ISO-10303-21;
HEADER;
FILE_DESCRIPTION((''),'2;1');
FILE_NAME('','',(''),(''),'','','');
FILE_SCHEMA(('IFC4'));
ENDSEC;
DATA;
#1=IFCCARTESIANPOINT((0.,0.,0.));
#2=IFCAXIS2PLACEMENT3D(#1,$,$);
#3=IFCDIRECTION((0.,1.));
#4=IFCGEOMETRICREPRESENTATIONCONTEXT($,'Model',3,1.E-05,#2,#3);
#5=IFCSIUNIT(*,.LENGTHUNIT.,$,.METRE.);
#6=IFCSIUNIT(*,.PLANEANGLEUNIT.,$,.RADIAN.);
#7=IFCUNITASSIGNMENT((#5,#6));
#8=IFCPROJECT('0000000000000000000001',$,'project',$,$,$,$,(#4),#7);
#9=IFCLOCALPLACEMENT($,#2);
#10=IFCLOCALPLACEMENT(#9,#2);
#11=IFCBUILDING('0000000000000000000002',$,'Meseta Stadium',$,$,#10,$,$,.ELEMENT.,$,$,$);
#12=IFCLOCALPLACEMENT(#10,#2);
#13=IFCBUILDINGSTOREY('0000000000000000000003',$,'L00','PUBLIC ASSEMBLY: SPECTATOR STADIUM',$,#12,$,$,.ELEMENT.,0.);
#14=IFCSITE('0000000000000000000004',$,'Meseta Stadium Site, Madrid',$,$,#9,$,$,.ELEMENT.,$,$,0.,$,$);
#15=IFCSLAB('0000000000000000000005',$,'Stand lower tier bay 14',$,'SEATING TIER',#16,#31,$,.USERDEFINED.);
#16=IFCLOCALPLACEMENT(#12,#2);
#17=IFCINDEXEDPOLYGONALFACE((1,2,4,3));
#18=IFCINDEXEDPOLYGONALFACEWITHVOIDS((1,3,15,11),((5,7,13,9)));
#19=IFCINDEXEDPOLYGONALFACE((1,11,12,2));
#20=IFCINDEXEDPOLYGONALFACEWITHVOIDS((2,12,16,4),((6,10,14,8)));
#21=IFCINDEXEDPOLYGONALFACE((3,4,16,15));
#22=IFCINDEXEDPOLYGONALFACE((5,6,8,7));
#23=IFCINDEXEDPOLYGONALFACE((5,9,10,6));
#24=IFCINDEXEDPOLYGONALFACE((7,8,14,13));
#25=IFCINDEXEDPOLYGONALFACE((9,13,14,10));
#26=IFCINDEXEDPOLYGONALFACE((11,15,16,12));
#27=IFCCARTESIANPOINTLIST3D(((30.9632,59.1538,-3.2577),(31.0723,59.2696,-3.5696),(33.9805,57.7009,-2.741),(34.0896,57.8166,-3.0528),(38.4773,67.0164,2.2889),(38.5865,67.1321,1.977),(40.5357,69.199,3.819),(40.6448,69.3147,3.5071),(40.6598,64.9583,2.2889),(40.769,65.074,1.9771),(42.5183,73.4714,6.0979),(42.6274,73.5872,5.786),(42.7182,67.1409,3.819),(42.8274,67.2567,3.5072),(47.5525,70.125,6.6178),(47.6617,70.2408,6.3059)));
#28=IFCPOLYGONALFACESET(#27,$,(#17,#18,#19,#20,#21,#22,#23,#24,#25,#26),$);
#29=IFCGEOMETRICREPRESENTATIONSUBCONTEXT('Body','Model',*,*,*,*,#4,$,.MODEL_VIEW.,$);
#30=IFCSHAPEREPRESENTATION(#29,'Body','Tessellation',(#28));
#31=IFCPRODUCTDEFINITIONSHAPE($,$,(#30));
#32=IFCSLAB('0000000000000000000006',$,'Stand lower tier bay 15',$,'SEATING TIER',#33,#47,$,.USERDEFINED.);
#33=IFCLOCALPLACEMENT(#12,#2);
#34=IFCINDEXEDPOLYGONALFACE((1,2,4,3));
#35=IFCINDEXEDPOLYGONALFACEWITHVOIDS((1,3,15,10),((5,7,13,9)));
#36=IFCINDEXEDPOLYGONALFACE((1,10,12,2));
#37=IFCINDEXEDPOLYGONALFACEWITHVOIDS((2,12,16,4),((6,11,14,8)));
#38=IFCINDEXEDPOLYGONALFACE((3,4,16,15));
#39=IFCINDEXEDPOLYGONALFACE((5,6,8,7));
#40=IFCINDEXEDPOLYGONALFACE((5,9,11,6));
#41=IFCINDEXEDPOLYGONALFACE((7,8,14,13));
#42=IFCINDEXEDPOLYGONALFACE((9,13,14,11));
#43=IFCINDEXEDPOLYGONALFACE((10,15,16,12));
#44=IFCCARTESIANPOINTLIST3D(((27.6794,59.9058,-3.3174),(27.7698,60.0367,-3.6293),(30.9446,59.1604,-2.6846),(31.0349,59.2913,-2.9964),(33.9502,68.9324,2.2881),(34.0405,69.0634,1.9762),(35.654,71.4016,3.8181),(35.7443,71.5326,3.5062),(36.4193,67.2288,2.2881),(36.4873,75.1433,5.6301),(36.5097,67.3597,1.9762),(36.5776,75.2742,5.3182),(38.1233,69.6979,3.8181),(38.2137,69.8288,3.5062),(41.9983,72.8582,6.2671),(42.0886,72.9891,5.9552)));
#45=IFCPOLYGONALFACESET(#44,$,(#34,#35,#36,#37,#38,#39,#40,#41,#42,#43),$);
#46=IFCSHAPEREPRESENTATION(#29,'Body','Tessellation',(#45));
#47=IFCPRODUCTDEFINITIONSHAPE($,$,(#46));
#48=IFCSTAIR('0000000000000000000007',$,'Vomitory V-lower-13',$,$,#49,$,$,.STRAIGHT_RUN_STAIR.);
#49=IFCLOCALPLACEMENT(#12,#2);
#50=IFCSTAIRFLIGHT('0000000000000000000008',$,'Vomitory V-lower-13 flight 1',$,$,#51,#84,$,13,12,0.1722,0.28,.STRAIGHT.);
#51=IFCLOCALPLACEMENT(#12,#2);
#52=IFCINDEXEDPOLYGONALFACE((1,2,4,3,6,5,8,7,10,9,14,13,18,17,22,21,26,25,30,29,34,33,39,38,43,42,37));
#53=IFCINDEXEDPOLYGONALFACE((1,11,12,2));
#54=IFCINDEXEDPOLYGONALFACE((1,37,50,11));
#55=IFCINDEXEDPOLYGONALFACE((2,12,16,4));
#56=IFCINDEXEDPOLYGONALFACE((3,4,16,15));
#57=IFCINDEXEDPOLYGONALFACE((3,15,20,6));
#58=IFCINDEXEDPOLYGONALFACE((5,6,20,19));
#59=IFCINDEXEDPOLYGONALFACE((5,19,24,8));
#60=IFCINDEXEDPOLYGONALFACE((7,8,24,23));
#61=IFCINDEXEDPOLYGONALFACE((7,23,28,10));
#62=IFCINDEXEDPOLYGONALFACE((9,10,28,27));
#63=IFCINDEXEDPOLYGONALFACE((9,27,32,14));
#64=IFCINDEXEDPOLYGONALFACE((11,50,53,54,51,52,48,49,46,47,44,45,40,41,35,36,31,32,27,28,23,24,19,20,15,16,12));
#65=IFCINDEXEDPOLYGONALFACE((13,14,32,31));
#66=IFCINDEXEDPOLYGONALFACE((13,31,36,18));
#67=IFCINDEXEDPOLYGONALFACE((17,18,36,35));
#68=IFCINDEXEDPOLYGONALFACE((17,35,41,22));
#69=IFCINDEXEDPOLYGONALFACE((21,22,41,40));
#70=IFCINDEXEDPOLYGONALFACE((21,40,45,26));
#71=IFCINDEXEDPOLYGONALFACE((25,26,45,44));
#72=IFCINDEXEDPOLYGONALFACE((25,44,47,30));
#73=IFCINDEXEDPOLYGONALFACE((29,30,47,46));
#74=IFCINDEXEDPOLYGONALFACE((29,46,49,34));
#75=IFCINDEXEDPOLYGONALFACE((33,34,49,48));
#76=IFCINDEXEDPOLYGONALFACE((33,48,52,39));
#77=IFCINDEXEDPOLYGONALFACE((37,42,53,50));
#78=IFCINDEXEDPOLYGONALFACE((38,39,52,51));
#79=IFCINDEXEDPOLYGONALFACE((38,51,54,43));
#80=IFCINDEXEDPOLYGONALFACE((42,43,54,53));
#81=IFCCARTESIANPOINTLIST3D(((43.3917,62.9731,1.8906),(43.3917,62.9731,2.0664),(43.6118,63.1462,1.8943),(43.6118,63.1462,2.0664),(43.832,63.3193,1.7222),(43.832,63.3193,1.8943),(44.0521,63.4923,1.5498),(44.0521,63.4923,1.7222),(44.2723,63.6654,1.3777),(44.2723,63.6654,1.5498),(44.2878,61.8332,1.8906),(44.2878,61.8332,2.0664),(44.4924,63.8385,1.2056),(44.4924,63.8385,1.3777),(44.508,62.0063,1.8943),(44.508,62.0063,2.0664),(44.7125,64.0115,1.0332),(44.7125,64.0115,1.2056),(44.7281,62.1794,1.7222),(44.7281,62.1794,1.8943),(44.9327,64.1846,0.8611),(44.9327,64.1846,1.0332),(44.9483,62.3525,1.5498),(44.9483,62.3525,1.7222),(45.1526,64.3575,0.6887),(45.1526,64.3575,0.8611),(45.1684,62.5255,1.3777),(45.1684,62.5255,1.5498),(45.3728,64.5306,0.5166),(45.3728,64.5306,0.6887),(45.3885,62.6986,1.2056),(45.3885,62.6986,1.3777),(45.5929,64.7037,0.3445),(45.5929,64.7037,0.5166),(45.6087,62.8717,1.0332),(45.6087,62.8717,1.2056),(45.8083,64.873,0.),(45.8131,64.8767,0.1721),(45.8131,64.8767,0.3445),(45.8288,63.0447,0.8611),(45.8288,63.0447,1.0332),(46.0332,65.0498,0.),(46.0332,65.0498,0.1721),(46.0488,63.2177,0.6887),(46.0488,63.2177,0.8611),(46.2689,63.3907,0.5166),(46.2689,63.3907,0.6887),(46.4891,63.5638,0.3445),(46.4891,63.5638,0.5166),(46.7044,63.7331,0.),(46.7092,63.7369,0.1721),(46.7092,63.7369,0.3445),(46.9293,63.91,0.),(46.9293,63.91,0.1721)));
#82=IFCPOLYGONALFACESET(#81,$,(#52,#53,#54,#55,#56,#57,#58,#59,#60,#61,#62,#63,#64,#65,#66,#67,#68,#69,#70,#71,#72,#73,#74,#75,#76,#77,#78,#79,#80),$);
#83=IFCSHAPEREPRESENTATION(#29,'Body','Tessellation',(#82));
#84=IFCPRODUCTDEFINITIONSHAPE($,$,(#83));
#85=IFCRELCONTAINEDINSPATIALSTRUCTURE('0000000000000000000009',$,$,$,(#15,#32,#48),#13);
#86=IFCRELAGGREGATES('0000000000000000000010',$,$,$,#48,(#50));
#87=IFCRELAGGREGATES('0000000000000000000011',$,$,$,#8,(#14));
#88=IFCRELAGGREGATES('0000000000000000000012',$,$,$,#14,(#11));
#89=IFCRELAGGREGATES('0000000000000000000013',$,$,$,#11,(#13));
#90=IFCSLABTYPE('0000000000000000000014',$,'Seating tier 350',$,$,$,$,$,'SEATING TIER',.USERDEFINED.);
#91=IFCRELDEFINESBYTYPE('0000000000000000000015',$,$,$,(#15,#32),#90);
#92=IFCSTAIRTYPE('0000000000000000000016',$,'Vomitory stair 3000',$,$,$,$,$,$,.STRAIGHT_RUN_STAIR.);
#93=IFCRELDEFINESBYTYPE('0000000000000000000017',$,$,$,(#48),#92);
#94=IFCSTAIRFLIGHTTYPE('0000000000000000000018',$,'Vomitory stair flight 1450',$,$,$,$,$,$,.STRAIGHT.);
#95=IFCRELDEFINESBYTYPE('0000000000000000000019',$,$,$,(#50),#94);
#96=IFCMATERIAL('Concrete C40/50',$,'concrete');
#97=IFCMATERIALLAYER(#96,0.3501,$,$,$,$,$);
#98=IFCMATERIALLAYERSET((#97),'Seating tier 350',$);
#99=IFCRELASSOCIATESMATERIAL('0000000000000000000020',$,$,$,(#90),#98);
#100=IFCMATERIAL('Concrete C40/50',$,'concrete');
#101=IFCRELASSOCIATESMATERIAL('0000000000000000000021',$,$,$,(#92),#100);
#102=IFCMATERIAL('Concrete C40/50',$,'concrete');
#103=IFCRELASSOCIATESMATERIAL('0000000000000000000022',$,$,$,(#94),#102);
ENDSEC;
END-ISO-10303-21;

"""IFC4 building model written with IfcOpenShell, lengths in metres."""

from ifc_helpers import new_model, si_unit, direction, frame, origin, place, context, subcontext, project, spatial, polyline, outline, extrude, material, layer, layer_set, type_object, element, aggregate, save


model = new_model("IFC4")

# Units and contexts
model_context = context("Model", 3, precision=1e-05, world=origin(), true_north=direction((0.0, 1.0)))
body_context = subcontext(model_context, "Body", "Model", "MODEL_VIEW")
ifc_project = project(units=[si_unit("LENGTHUNIT", "METRE"), si_unit("PLANEANGLEUNIT", "RADIAN")], contexts=[model_context])

# Site, building, storey
site_placement = place(None, origin())
site = spatial("IfcSite", under=ifc_project, at=site_placement, Name="Meseta Stadium Site, Madrid", CompositionType="ELEMENT", RefElevation=0.0)
building_placement = place(site_placement, origin())
building = spatial("IfcBuilding", under=site, at=building_placement, Name="Meseta Stadium", CompositionType="ELEMENT")
storey_placement = place(building_placement, origin())
storey = spatial("IfcBuildingStorey", under=building, at=storey_placement, Name="L00", Description="PUBLIC ASSEMBLY: SPECTATOR STADIUM", CompositionType="ELEMENT", Elevation=0.0)

# Slabs
ifc_material_1 = material(Name="Concrete C40/50", Category="concrete")
ifc_layer_1 = layer(ifc_material_1, 0.3501)
ifc_layer_set_1 = layer_set([ifc_layer_1], Name="Seating tier 350")
slab_type = type_object("IfcSlabType", Name="Seating tier 350", ElementType="SEATING TIER", PredefinedType="USERDEFINED", material=ifc_layer_set_1)
slab_1_placement = place(storey_placement, frame((33.9805, 57.7009, -2.741), z_axis=(-0.311714, -0.330528, 0.890834), x_axis=(0.657456, 0.601847, 0.453357)))
element("IfcSlab", 1, at=slab_1_placement, inside=storey, type_object=slab_type, Name="Stand lower tier bay 14", ObjectType="SEATING TIER", PredefinedType="USERDEFINED", context=body_context, shape_type="SweptSolid", body=[
    extrude(outline(polyline([(0.0, 0.0), (20.6433, 0.0), (19.1118, 5.8708), (-1.3436, 3.1108), (0.0, 0.0)]), holes=[polyline([(11.0396, 0.8435), (14.4001, 1.0637), (14.2039, 4.0571), (10.8433, 3.8369), (11.0396, 0.8435)])]), origin(), (0.0, 0.0, -1.0), 0.3501),
])
slab_2_placement = place(storey_placement, frame((30.9446, 59.1604, -2.6846), z_axis=(-0.258022, -0.373953, 0.890833), x_axis=(0.559766, 0.693662, 0.453316)))
element("IfcSlab", 2, at=slab_2_placement, inside=storey, type_object=slab_type, Name="Stand lower tier bay 15", ObjectType="SEATING TIER", PredefinedType="USERDEFINED", context=body_context, shape_type="SweptSolid", body=[
    extrude(outline(polyline([(0.0, 0.0), (19.747, 0.0), (17.9585, 5.7271), (-1.5975, 3.0108), (0.0, 0.0)]), holes=[polyline([(10.9155, 0.8069), (14.2756, 1.0315), (14.0752, 4.0249), (10.7151, 3.8), (10.9155, 0.8069)])]), origin(), (0.0, 0.0, -1.0), 0.3501),
])

# Stair, stair flight
ifc_material_2 = material(Name="Concrete C40/50", Category="concrete")
stair_type = type_object("IfcStairType", Name="Vomitory stair 3000", PredefinedType="STRAIGHT_RUN_STAIR", material=ifc_material_2)
stair_placement = place(storey_placement, origin())
stair = element("IfcStair", 3, at=stair_placement, inside=storey, type_object=stair_type, Name="Vomitory V-lower-13", PredefinedType="STRAIGHT_RUN_STAIR")
ifc_material_3 = material(Name="Concrete C40/50", Category="concrete")
stair_flight_type = type_object("IfcStairFlightType", Name="Vomitory stair flight 1450", PredefinedType="STRAIGHT", material=ifc_material_3)
stair_flight_placement = place(storey_placement, frame((46.4812, 64.48, 0.0), z_axis=(0.0, 0.0, 1.0), x_axis=(-0.786142, -0.618046, 0.0)))
stair_flight = element("IfcStairFlight", 4, at=stair_flight_placement, type_object=stair_flight_type, Name="Vomitory V-lower-13 flight 1", NumberOfRisers=13, NumberOfTreads=12, PredefinedType="STRAIGHT", RiserHeight=0.1722, TreadLength=0.28, context=body_context, shape_type="SweptSolid", body=[
    extrude(outline(polyline([(0.0, 0.0), (0.0, 0.1721), (0.28, 0.1721), (0.28, 0.3445), (0.5601, 0.3445), (0.5601, 0.5166), (0.8401, 0.5166), (0.8401, 0.6887), (1.1201, 0.6887), (1.1201, 0.8611), (1.3999, 0.8611), (1.3999, 1.0332), (1.6799, 1.0332), (1.6799, 1.2056), (1.96, 1.2056), (1.96, 1.3777), (2.24, 1.3777), (2.24, 1.5498), (2.52, 1.5498), (2.52, 1.7222), (2.8, 1.7222), (2.8, 1.8943), (3.0801, 1.8943), (3.0801, 2.0664), (3.3601, 2.0664), (3.3601, 1.8906), (0.2861, 0.0), (0.0, 0.0)])), frame((0.0, 0.7251, 0.0), z_axis=(0.0, -1.0, 0.0), x_axis=(1.0, 0.0, 0.0)), (0.0, 0.0, 1.0), 1.45),
])
aggregate(stair, [stair_flight])

save(model, "model.ifc")
